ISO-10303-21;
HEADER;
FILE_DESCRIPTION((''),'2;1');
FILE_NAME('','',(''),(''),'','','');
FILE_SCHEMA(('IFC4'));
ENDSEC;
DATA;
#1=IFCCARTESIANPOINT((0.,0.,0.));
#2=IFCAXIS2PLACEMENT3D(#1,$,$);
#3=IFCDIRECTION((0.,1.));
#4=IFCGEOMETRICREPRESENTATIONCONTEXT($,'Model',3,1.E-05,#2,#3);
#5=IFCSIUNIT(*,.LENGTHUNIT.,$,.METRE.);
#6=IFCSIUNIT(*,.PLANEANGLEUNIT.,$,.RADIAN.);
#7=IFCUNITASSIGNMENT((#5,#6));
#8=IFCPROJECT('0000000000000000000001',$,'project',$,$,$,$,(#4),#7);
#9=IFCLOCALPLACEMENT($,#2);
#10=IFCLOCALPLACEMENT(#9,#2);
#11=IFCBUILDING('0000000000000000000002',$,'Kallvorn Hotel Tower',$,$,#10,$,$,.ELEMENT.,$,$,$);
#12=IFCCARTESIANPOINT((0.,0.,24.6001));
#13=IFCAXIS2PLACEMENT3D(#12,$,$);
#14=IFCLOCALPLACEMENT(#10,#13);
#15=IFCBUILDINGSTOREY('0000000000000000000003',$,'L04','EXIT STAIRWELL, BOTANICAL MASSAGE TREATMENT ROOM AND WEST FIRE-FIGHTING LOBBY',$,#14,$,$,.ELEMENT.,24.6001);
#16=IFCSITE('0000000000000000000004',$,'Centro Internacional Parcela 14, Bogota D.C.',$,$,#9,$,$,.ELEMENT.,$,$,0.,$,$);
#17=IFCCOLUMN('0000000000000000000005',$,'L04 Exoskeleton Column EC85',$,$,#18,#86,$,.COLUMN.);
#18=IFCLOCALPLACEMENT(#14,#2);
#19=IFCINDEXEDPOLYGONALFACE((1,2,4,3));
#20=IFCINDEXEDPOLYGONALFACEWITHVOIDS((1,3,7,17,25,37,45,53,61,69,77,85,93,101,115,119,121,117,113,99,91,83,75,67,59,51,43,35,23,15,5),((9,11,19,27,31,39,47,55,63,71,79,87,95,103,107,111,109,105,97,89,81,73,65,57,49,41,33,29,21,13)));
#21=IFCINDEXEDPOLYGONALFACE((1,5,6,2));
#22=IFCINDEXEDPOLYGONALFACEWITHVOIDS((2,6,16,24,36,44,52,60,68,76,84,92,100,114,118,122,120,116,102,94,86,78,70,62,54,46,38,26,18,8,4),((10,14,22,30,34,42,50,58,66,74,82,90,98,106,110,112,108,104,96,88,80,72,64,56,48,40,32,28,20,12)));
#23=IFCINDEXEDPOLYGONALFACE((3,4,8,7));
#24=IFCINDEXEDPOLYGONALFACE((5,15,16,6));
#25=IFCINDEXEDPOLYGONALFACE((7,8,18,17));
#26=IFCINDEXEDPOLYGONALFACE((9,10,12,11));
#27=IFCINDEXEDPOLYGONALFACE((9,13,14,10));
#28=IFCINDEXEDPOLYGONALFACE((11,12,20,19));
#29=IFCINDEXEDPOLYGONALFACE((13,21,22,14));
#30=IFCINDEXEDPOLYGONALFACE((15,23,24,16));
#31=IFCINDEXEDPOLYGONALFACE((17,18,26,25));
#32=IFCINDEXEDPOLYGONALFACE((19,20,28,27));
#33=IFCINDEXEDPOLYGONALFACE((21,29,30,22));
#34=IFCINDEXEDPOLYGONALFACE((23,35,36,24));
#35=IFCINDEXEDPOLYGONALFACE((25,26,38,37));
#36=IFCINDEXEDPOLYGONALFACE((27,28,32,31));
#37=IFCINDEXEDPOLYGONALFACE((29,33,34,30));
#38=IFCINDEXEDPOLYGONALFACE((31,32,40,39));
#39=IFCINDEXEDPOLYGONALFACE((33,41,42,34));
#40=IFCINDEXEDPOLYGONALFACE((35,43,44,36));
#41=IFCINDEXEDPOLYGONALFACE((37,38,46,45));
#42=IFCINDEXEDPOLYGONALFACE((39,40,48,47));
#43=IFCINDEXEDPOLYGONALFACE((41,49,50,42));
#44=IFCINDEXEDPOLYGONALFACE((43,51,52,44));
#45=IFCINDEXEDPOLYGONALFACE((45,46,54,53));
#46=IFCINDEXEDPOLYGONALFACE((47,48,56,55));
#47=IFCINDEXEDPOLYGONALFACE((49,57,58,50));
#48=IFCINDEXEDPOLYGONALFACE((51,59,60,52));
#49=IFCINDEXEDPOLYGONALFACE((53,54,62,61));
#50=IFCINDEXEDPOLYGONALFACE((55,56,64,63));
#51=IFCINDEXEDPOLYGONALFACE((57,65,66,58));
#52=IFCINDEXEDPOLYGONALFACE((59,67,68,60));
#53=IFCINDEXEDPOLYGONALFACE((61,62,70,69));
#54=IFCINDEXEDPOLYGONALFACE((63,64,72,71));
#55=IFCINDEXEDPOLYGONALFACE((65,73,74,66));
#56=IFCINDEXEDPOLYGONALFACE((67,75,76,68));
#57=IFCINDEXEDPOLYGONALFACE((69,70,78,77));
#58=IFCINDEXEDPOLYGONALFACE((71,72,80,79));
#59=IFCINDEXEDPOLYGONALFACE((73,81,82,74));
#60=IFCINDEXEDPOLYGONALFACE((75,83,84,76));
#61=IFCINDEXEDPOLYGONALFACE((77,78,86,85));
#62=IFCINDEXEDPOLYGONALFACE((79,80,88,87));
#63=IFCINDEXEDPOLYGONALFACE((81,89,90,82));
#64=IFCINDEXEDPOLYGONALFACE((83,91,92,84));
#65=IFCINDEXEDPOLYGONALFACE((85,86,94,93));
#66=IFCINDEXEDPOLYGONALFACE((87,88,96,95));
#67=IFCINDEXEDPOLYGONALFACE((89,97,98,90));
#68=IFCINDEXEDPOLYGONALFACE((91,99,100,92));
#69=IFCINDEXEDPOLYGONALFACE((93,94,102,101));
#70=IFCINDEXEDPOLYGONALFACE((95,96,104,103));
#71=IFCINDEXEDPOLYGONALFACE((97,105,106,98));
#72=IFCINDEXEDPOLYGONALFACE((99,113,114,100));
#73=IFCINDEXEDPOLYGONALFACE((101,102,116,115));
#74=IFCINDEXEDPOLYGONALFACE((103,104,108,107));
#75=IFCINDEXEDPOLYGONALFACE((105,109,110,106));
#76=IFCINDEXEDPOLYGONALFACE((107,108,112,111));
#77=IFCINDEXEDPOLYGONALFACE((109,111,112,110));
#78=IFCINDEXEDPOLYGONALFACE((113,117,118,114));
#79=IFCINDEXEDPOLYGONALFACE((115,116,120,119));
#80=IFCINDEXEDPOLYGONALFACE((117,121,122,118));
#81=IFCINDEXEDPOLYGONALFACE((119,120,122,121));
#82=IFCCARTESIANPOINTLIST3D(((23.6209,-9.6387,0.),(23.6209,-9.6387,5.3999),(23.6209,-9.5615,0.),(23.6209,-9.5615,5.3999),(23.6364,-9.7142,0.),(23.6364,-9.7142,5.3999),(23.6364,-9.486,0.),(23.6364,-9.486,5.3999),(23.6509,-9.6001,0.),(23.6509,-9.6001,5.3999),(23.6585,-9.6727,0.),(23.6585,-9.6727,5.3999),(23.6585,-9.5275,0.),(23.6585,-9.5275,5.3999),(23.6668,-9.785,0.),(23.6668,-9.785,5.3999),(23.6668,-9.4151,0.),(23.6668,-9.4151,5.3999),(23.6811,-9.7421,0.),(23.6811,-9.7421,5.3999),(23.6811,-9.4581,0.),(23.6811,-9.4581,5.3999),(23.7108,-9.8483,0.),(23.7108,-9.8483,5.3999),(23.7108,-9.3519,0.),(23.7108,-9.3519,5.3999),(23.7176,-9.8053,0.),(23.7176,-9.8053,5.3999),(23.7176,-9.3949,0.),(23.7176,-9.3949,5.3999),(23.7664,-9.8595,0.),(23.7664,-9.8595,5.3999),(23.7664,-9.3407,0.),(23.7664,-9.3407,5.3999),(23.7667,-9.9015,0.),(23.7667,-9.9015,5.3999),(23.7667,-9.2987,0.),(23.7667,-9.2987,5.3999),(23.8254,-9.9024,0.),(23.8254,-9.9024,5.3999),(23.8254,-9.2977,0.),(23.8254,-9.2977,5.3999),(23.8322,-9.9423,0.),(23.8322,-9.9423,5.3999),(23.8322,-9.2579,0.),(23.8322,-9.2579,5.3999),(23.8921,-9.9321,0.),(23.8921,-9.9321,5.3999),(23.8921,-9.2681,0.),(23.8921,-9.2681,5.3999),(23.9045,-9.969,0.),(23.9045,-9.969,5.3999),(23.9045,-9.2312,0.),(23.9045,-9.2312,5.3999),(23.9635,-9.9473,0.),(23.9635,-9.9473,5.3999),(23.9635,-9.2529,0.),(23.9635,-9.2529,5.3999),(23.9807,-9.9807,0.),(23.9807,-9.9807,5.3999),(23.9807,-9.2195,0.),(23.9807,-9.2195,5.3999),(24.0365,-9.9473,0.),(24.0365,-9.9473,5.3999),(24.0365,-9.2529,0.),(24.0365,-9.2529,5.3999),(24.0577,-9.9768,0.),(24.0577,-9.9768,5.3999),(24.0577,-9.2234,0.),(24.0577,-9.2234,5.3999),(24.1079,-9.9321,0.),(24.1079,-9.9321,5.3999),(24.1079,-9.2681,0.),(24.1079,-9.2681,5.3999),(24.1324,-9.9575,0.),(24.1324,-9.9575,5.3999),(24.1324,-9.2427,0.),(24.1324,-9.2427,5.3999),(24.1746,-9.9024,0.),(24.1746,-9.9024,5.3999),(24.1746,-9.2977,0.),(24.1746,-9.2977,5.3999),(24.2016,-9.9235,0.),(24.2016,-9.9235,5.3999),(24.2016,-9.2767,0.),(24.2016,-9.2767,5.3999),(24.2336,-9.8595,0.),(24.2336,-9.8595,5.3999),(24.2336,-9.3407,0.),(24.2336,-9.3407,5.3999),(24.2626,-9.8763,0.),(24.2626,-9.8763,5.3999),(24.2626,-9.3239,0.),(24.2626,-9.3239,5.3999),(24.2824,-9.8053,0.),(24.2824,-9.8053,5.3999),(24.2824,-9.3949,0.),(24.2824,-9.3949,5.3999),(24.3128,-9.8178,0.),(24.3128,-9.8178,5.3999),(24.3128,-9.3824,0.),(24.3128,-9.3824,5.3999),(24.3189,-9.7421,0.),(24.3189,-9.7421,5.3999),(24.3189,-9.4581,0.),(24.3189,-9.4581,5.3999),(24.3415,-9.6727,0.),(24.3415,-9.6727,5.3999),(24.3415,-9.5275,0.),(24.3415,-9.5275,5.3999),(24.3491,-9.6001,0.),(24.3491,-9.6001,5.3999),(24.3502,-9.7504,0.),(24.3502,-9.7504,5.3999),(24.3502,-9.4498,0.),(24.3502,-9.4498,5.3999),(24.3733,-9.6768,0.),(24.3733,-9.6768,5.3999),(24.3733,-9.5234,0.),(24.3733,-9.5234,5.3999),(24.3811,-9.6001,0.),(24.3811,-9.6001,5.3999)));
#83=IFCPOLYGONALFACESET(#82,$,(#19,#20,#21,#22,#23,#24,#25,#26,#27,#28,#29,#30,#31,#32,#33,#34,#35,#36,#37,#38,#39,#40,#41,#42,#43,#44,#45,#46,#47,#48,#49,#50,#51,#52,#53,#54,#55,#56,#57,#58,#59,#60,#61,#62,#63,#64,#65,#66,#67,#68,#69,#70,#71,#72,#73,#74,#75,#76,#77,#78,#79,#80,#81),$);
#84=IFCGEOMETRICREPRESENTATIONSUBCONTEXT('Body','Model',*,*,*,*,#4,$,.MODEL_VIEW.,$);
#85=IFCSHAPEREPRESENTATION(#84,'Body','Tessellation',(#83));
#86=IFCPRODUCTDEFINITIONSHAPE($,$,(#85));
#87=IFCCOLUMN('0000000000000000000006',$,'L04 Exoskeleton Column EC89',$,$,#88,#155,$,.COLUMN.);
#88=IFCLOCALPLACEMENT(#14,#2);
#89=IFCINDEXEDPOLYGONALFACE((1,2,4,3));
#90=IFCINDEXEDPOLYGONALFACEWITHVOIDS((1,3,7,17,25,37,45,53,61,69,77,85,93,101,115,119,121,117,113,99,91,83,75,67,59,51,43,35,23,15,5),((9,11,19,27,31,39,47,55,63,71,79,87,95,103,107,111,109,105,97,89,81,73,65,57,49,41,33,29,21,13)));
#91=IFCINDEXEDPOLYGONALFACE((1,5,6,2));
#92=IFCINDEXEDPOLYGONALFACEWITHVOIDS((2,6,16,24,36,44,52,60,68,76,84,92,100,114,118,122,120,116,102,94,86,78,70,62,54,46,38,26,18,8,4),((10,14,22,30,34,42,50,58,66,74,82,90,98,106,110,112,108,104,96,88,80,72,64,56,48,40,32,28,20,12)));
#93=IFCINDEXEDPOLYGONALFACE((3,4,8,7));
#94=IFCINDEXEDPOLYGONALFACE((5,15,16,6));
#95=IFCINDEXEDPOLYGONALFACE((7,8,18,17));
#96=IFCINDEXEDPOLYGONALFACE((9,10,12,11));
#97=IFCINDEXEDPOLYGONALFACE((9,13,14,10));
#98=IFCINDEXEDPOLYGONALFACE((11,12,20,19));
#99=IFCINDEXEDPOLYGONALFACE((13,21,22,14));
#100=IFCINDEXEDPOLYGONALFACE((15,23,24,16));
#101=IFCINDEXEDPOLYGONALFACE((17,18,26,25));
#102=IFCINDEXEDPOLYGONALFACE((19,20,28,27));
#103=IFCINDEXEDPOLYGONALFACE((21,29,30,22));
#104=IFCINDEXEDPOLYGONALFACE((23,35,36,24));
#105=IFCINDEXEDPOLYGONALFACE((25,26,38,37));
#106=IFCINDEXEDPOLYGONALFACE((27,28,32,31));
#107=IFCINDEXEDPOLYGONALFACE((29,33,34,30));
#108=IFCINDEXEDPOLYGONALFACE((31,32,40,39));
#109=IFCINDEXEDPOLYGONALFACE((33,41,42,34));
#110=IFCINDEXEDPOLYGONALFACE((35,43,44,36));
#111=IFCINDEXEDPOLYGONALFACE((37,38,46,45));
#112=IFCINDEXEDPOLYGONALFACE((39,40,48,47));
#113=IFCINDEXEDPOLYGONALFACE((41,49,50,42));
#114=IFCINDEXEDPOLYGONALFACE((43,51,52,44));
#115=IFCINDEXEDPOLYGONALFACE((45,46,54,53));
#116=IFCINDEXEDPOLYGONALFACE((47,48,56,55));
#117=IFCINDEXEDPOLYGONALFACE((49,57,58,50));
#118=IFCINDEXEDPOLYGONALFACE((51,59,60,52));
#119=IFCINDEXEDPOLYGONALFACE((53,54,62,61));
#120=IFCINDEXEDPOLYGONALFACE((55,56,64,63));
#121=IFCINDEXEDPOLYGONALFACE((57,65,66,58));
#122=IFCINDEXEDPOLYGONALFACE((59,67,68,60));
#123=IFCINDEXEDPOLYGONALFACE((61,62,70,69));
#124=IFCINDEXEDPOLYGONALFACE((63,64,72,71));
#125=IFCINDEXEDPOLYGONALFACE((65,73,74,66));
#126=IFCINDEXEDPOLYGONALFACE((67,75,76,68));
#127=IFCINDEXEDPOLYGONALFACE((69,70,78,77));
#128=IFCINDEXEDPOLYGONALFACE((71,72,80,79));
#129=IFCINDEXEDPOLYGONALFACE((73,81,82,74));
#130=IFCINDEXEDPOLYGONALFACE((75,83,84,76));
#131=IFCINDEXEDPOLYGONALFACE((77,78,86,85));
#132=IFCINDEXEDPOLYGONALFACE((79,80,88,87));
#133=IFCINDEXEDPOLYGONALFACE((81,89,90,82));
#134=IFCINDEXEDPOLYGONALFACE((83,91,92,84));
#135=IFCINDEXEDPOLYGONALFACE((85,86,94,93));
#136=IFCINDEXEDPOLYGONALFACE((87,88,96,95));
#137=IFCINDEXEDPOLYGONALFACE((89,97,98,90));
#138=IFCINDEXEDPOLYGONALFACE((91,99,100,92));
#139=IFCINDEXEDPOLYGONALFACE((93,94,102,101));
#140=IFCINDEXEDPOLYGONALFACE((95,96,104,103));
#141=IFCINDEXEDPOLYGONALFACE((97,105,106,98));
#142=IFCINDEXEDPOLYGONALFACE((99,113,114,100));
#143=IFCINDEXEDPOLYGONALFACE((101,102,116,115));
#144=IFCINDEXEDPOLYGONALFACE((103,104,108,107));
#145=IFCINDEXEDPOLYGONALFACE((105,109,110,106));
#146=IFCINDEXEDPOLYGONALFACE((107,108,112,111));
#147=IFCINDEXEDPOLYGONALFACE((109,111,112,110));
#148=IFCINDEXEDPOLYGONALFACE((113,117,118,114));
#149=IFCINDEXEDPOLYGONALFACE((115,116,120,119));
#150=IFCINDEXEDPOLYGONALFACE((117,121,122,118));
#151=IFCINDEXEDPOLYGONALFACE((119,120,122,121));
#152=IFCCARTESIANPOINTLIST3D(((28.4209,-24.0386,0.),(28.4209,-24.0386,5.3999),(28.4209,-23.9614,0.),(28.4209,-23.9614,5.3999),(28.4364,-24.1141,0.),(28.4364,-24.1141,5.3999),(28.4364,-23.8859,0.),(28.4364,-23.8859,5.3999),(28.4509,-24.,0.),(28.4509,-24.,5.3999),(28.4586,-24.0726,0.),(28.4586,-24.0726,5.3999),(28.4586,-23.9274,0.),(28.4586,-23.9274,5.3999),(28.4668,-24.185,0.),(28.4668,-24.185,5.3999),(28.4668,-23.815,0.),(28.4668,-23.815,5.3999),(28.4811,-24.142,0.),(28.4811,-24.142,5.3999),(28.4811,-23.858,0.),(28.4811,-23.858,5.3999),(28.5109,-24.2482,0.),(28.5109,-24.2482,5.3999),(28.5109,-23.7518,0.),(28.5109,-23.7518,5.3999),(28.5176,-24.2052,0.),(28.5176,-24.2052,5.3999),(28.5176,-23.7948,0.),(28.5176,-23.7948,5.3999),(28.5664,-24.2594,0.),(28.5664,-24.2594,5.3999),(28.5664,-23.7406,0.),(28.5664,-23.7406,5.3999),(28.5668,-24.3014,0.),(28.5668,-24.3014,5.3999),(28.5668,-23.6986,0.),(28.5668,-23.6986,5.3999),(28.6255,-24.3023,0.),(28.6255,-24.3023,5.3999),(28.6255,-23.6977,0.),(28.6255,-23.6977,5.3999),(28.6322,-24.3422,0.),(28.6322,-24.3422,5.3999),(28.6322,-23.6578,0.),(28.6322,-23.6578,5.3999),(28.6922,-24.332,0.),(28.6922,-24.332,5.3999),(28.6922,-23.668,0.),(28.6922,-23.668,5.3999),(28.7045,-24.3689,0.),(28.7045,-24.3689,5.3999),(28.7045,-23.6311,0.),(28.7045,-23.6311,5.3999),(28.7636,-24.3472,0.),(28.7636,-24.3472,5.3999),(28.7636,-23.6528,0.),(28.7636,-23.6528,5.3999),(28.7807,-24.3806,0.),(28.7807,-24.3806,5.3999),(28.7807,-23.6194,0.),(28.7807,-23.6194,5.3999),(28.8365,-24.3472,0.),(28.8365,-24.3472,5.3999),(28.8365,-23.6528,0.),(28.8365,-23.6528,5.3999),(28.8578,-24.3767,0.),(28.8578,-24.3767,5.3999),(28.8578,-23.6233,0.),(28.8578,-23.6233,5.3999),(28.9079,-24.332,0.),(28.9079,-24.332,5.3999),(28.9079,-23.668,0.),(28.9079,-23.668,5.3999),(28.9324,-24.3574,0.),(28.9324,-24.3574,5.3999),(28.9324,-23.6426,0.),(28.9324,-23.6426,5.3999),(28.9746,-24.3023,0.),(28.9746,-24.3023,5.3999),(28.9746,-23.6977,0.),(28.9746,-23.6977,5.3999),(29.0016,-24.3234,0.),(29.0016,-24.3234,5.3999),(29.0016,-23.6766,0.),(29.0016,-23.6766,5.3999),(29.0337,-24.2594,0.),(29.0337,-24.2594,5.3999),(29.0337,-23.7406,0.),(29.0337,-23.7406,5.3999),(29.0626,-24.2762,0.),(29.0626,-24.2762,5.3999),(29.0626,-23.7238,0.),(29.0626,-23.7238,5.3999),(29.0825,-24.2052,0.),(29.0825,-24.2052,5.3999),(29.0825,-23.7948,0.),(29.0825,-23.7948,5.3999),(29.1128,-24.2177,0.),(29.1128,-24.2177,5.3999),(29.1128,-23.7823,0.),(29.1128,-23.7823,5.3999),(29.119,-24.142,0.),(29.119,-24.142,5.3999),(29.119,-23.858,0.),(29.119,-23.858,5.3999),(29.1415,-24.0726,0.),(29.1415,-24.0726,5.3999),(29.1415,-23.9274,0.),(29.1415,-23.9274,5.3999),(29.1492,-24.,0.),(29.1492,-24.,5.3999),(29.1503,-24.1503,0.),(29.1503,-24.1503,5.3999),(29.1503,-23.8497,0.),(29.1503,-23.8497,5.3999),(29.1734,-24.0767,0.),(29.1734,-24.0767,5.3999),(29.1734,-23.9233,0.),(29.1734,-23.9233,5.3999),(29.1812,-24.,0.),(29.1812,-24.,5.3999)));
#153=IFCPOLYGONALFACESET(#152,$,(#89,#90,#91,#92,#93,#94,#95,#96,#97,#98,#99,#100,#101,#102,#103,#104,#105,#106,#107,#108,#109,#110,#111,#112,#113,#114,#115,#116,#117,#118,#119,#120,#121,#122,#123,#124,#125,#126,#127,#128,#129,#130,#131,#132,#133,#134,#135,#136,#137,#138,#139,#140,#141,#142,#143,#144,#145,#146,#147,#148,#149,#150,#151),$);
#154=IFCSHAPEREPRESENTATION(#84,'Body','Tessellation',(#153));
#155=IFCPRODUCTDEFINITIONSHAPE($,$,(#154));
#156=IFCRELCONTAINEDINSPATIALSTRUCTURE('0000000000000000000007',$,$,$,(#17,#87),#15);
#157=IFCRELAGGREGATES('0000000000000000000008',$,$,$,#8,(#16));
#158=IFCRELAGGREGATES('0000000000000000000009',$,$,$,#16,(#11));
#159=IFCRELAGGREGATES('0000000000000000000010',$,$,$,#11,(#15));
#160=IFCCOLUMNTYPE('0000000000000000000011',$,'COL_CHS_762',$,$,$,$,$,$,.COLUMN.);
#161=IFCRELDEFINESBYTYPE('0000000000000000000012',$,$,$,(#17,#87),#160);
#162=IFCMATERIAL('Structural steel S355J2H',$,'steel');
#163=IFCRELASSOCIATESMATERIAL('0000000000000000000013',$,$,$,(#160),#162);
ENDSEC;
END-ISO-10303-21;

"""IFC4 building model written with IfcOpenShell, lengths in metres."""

from ifc_helpers import new_model, si_unit, direction, frame, origin, origin_2d, place, context, subcontext, project, spatial, hollow_circle, extrude, material, material_profile, profile_set, type_object, element, save


model = new_model("IFC4")

# Units and contexts
model_context = context("Model", 3, precision=1e-05, world=origin(), true_north=direction((0.0, 1.0)))
body_context = subcontext(model_context, "Body", "Model", "MODEL_VIEW")
ifc_project = project(units=[si_unit("LENGTHUNIT", "METRE"), si_unit("PLANEANGLEUNIT", "RADIAN")], contexts=[model_context])

# Site, building, storey
site_placement = place(None, origin())
site = spatial("IfcSite", under=ifc_project, at=site_placement, Name="Centro Internacional Parcela 14, Bogota D.C.", CompositionType="ELEMENT", RefElevation=0.0)
building_placement = place(site_placement, origin())
building = spatial("IfcBuilding", under=site, at=building_placement, Name="Kallvorn Hotel Tower", CompositionType="ELEMENT")
storey_placement = place(building_placement, frame((0.0, 0.0, 24.6001)))
storey = spatial("IfcBuildingStorey", under=building, at=storey_placement, Name="L04", Description="EXIT STAIRWELL, BOTANICAL MASSAGE TREATMENT ROOM AND WEST FIRE-FIGHTING LOBBY", CompositionType="ELEMENT", Elevation=24.6001)

# Columns
ifc_material_1 = material(Name="Structural steel S355J2H", Category="steel")
ifc_material_profile_1 = material_profile(ifc_material_1, hollow_circle(Radius=0.3811, WallThickness=0.032, at=origin_2d()), Name="CHS 762x32")
ifc_profile_set_1 = profile_set([ifc_material_profile_1], Name="Structural steel S355J2H")
column_type_1 = type_object("IfcColumnType", Name="COL_CHS_762", PredefinedType="COLUMN", material=ifc_profile_set_1)
for number, where, z_axis, x_axis, name in (
    (1, (24.0, -9.6001, 0.0), (0.0, 0.0, 1.0), (1.0, 0.0, 0.0), "L04 Exoskeleton Column EC85"),
    (2, (28.8, -24.0, 0.0), (0.0, 0.0, 1.0), (1.0, 0.0, 0.0), "L04 Exoskeleton Column EC89"),
):
    element("IfcColumn", number, at=place(storey_placement, frame(where, z_axis=z_axis, x_axis=x_axis)), inside=storey, type_object=column_type_1, Name=name, PredefinedType="COLUMN", context=body_context, shape_type="SweptSolid", body=[
        extrude(hollow_circle(Radius=0.3811, WallThickness=0.032, at=origin_2d()), origin(), (0.0, 0.0, 1.0), 5.3999),
    ])

save(model, "model.ifc")
